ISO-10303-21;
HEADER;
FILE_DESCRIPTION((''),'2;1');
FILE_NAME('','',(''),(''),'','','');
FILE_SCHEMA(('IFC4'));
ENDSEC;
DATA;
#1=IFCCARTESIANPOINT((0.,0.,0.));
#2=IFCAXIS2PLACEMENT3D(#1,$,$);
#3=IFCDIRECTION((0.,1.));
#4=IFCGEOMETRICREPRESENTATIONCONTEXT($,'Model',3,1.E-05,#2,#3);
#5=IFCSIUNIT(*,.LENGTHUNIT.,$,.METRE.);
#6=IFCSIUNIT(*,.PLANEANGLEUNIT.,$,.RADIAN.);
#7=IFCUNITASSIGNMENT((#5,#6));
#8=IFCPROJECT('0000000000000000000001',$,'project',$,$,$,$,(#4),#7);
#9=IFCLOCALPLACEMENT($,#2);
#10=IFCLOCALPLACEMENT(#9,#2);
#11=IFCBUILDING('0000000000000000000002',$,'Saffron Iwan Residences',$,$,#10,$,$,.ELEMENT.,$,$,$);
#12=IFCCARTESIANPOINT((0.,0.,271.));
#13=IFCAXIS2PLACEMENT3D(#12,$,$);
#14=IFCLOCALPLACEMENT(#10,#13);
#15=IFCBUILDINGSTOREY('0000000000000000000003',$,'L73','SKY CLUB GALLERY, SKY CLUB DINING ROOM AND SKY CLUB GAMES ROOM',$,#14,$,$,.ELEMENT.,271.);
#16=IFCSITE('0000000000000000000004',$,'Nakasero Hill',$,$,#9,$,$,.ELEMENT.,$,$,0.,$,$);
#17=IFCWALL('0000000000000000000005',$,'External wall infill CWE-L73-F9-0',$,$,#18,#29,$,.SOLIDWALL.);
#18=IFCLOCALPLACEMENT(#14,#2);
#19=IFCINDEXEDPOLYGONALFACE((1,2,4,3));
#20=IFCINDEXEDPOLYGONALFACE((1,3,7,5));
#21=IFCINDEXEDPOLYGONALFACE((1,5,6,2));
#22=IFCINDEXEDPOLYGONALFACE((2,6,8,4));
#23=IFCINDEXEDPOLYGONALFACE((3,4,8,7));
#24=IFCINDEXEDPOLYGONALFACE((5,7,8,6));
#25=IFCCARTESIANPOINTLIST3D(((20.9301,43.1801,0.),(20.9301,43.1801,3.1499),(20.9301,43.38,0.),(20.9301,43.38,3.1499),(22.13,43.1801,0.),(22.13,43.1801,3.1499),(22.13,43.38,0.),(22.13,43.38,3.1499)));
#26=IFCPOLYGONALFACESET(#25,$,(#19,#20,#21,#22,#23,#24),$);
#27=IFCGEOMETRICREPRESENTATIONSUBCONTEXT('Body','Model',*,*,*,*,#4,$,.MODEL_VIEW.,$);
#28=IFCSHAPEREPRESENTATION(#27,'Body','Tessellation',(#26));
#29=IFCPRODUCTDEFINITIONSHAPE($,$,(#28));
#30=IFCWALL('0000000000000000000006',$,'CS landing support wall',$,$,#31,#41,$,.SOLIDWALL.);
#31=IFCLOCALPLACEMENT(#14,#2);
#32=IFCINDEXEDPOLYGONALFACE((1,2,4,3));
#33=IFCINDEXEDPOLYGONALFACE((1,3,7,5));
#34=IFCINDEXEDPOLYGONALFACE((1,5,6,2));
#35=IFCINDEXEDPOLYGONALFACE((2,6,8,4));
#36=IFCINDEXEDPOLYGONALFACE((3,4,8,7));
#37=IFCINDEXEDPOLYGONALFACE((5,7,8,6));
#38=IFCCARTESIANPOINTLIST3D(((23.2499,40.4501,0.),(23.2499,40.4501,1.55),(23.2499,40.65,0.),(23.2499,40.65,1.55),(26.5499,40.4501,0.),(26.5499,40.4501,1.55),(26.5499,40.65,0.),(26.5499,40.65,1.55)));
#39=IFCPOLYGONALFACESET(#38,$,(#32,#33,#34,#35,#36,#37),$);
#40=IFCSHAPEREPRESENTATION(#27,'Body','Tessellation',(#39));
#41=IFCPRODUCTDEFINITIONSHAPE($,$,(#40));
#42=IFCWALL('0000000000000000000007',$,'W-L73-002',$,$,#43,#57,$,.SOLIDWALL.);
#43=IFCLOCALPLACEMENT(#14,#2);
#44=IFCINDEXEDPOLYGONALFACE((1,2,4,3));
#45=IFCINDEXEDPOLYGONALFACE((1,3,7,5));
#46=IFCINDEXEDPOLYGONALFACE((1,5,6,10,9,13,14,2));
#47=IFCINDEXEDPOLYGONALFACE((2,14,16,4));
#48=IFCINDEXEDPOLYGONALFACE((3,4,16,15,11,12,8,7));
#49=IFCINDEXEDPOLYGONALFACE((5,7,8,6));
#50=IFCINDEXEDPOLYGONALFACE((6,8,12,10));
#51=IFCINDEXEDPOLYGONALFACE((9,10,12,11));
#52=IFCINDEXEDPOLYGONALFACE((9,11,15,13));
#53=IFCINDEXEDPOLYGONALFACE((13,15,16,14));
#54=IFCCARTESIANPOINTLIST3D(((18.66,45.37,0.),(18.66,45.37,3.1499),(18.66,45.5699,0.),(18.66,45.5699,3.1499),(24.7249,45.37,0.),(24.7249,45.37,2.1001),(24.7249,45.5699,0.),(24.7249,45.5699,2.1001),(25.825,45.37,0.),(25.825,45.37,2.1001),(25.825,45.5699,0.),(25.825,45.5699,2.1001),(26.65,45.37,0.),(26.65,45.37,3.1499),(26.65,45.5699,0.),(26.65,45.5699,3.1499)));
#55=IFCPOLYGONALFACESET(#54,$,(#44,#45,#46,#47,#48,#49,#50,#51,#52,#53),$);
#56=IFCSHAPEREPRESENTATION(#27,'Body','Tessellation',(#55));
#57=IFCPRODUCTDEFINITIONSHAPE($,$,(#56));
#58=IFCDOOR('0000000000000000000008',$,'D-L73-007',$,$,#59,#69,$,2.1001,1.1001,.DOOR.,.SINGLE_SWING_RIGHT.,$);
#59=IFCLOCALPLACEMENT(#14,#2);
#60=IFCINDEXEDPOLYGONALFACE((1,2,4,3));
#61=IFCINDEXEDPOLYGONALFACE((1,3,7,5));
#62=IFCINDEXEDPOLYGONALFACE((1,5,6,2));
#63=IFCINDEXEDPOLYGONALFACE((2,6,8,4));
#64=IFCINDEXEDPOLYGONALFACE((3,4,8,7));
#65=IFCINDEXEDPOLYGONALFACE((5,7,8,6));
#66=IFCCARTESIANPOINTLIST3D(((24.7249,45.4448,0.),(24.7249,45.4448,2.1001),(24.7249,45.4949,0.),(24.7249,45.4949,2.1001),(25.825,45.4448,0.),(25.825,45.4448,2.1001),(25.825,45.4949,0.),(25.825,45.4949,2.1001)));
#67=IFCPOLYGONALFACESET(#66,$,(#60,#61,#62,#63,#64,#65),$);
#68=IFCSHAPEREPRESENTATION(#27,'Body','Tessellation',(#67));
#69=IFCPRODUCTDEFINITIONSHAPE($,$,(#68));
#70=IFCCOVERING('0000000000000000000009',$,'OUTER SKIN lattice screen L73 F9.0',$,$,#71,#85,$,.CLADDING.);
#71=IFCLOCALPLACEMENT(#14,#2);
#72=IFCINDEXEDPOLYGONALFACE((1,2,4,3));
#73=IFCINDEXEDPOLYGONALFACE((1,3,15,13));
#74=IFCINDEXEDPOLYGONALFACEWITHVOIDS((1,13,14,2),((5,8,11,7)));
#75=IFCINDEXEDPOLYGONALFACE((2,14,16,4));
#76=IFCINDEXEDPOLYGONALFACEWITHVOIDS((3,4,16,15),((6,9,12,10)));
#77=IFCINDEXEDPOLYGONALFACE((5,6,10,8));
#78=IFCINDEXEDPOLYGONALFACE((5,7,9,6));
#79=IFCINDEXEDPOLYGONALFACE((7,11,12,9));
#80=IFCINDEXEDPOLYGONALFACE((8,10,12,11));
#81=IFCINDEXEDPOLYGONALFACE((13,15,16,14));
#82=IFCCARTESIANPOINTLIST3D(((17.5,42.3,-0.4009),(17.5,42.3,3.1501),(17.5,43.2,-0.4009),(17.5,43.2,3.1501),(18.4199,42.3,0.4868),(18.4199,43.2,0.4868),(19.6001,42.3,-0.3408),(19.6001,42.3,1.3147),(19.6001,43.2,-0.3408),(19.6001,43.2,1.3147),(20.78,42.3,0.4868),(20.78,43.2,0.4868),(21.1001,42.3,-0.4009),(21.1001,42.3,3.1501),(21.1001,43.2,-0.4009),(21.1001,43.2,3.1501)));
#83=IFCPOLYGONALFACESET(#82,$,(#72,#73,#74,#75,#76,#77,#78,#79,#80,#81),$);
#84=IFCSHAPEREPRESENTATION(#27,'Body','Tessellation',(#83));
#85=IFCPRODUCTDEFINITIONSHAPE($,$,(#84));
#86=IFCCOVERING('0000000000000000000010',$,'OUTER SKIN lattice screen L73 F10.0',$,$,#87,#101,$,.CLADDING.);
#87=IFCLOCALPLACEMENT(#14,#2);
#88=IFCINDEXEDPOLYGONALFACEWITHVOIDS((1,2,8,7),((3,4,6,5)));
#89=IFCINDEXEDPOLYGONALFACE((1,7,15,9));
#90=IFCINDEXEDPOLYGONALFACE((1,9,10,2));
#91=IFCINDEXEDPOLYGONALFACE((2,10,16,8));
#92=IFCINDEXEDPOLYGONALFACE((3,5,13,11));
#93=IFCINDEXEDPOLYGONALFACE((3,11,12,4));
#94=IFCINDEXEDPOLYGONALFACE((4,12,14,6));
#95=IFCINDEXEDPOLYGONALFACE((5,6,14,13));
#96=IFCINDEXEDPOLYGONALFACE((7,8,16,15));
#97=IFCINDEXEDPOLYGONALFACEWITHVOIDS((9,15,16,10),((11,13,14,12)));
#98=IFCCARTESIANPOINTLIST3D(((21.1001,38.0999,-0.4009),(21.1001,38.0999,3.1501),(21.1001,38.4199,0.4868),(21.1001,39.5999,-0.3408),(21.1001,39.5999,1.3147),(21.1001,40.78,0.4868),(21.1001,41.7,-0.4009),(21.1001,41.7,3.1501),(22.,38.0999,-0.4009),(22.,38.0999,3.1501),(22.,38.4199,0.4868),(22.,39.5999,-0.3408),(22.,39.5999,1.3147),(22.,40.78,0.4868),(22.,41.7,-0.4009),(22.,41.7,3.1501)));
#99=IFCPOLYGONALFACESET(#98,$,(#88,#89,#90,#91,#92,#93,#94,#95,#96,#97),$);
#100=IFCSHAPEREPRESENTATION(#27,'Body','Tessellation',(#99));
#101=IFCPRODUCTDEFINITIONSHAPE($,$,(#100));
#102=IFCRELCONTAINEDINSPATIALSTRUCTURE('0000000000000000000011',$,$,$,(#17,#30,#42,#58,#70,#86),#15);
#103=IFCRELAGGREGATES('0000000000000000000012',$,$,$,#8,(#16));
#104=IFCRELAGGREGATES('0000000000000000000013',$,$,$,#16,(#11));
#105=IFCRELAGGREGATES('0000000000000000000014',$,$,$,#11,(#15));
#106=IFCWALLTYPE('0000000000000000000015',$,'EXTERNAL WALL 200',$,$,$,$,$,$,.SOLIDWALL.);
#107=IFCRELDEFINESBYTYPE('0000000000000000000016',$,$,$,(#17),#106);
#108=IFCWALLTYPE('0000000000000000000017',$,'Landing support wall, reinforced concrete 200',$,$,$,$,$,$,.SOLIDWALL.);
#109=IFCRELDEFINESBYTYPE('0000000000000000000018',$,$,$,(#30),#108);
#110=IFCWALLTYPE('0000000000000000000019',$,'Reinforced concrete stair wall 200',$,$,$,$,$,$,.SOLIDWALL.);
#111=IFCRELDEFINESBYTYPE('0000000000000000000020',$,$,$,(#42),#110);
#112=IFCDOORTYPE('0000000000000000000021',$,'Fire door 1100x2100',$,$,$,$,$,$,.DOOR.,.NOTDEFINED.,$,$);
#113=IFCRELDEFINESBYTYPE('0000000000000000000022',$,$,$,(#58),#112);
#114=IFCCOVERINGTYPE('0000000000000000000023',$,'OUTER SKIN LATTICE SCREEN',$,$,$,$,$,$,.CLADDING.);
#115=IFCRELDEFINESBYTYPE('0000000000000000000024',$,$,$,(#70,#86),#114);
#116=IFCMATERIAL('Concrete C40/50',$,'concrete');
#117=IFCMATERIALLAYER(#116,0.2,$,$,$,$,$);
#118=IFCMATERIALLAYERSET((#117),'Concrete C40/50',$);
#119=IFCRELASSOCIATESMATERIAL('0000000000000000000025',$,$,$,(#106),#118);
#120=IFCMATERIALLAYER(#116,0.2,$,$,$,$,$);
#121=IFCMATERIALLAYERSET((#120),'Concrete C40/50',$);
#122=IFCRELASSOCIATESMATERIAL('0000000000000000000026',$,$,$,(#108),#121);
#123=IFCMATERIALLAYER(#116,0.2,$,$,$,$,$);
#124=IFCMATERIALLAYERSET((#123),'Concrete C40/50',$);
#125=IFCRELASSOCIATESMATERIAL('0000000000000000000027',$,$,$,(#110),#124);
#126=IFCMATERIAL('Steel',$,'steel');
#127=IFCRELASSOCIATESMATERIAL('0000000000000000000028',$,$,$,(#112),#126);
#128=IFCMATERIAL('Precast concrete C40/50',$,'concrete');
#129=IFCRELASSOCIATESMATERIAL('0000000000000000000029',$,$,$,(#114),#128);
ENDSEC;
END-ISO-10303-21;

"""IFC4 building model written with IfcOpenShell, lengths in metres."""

from ifc_helpers import new_model, si_unit, direction, frame, frame_2d, origin, place, context, subcontext, project, spatial, polyline, rectangle, outline, extrude, material, layer, layer_set, type_object, element, fill, save


model = new_model("IFC4")

# Units and contexts
model_context = context("Model", 3, precision=1e-05, world=origin(), true_north=direction((0.0, 1.0)))
body_context = subcontext(model_context, "Body", "Model", "MODEL_VIEW")
ifc_project = project(units=[si_unit("LENGTHUNIT", "METRE"), si_unit("PLANEANGLEUNIT", "RADIAN")], contexts=[model_context])

# Site, building, storey
site_placement = place(None, origin())
site = spatial("IfcSite", under=ifc_project, at=site_placement, Name="Nakasero Hill", CompositionType="ELEMENT", RefElevation=0.0)
building_placement = place(site_placement, origin())
building = spatial("IfcBuilding", under=site, at=building_placement, Name="Saffron Iwan Residences", CompositionType="ELEMENT")
storey_placement = place(building_placement, frame((0.0, 0.0, 271.0)))
storey = spatial("IfcBuildingStorey", under=building, at=storey_placement, Name="L73", Description="SKY CLUB GALLERY, SKY CLUB DINING ROOM AND SKY CLUB GAMES ROOM", CompositionType="ELEMENT", Elevation=271.0)

# Shared definitions
ifc_material_1 = material(Name="Concrete C40/50", Category="concrete")

# Walls
ifc_layer_1 = layer(ifc_material_1, 0.2)
ifc_layer_set_1 = layer_set([ifc_layer_1], Name="Concrete C40/50")
wall_type_1 = type_object("IfcWallType", Name="EXTERNAL WALL 200", PredefinedType="SOLIDWALL", material=ifc_layer_set_1)
wall_1_placement = place(storey_placement, frame((20.9299, 43.28, 0.0), z_axis=(0.0, 0.0, 1.0), x_axis=(1.0, 0.0, 0.0)))
element("IfcWall", 1, at=wall_1_placement, inside=storey, type_object=wall_type_1, Name="External wall infill CWE-L73-F9-0", PredefinedType="SOLIDWALL", context=body_context, shape_type="SweptSolid", body=[
    extrude(rectangle(XDim=1.2, YDim=0.2, at=frame_2d((0.6001, 0.0))), origin(), (0.0, 0.0, 1.0), 3.1499),
])
ifc_layer_2 = layer(ifc_material_1, 0.2)
ifc_layer_set_2 = layer_set([ifc_layer_2], Name="Concrete C40/50")
wall_type_2 = type_object("IfcWallType", Name="Landing support wall, reinforced concrete 200", PredefinedType="SOLIDWALL", material=ifc_layer_set_2)
wall_2_placement = place(storey_placement, frame((23.25, 40.55, 0.0), z_axis=(0.0, 0.0, 1.0), x_axis=(1.0, 0.0, 0.0)))
element("IfcWall", 2, at=wall_2_placement, inside=storey, type_object=wall_type_2, Name="CS landing support wall", PredefinedType="SOLIDWALL", context=body_context, shape_type="SweptSolid", body=[
    extrude(rectangle(XDim=3.3, YDim=0.2, at=frame_2d((1.6499, 0.0))), origin(), (0.0, 0.0, 1.0), 1.55),
])

# Wall, opening, door
ifc_layer_3 = layer(ifc_material_1, 0.2)
ifc_layer_set_3 = layer_set([ifc_layer_3], Name="Concrete C40/50")
wall_type_3 = type_object("IfcWallType", Name="Reinforced concrete stair wall 200", PredefinedType="SOLIDWALL", material=ifc_layer_set_3)
wall_3_placement = place(storey_placement, frame((18.6599, 45.47, 0.0), z_axis=(0.0, 0.0, 1.0), x_axis=(1.0, 0.0, 0.0)))
wall_3 = element("IfcWall", 3, at=wall_3_placement, inside=storey, type_object=wall_type_3, Name="W-L73-002", PredefinedType="SOLIDWALL", context=body_context, shape_type="SweptSolid", body=[
    extrude(rectangle(XDim=7.99, YDim=0.2, at=frame_2d((3.9951, 0.0))), origin(), (0.0, 0.0, 1.0), 3.1499),
])
opening_placement = place(wall_3_placement, frame((6.0649, 0.0, 0.0)))
opening = element("IfcOpeningElement", 4, at=opening_placement, cuts=wall_3, PredefinedType="OPENING", context=body_context, shape_type="SweptSolid", body=[
    extrude(rectangle(XDim=1.1001, YDim=2.1001, at=frame_2d((0.55, 1.05))), frame((0.0, 0.1099, 0.0), z_axis=(0.0, -1.0, 0.0), x_axis=(1.0, 0.0, 0.0)), (0.0, 0.0, 1.0), 0.22),
])
ifc_material_2 = material(Name="Steel", Category="steel")
door_type = type_object("IfcDoorType", Name="Fire door 1100x2100", OperationType="NOTDEFINED", PredefinedType="DOOR", material=ifc_material_2)
door_placement = place(opening_placement, origin())
door = element("IfcDoor", 5, at=door_placement, inside=storey, type_object=door_type, Name="D-L73-007", OperationType="SINGLE_SWING_RIGHT", OverallHeight=2.1001, OverallWidth=1.1001, PredefinedType="DOOR", context=body_context, shape_type="SweptSolid", body=[
    extrude(rectangle(XDim=1.1001, YDim=2.1001, at=frame_2d((0.55, 1.05))), frame((0.0, 0.0249, 0.0), z_axis=(0.0, -1.0, 0.0), x_axis=(1.0, 0.0, 0.0)), (0.0, 0.0, 1.0), 0.05),
])
fill(opening, door)

# Coverings
ifc_material_3 = material(Name="Precast concrete C40/50", Category="concrete")
covering_type = type_object("IfcCoveringType", Name="OUTER SKIN LATTICE SCREEN", PredefinedType="CLADDING", material=ifc_material_3)
for number, where, z_axis, x_axis, name in (
    (6, (17.5, 43.2, -0.4009), (0.0, -1.0, 0.0), (1.0, 0.0, 0.0), "OUTER SKIN lattice screen L73 F9.0"),
    (7, (22.0, 41.7, -0.4009), (-1.0, 0.0, 0.0), (0.0, -1.0, 0.0), "OUTER SKIN lattice screen L73 F10.0"),
):
    element("IfcCovering", number, at=place(storey_placement, frame(where, z_axis=z_axis, x_axis=x_axis)), inside=storey, type_object=covering_type, Name=name, PredefinedType="CLADDING", context=body_context, shape_type="SweptSolid", body=[
        extrude(outline(polyline([(0.0, 0.0), (3.6001, 0.0), (3.6001, 3.551), (0.0, 3.551), (0.0, 0.0)]), holes=[polyline([(0.9199, 0.8877), (2.1001, 0.0601), (3.28, 0.8877), (2.1001, 1.7156), (0.9199, 0.8877)])]), origin(), (0.0, 0.0, 1.0), 0.8999),
    ])

save(model, "model.ifc")
